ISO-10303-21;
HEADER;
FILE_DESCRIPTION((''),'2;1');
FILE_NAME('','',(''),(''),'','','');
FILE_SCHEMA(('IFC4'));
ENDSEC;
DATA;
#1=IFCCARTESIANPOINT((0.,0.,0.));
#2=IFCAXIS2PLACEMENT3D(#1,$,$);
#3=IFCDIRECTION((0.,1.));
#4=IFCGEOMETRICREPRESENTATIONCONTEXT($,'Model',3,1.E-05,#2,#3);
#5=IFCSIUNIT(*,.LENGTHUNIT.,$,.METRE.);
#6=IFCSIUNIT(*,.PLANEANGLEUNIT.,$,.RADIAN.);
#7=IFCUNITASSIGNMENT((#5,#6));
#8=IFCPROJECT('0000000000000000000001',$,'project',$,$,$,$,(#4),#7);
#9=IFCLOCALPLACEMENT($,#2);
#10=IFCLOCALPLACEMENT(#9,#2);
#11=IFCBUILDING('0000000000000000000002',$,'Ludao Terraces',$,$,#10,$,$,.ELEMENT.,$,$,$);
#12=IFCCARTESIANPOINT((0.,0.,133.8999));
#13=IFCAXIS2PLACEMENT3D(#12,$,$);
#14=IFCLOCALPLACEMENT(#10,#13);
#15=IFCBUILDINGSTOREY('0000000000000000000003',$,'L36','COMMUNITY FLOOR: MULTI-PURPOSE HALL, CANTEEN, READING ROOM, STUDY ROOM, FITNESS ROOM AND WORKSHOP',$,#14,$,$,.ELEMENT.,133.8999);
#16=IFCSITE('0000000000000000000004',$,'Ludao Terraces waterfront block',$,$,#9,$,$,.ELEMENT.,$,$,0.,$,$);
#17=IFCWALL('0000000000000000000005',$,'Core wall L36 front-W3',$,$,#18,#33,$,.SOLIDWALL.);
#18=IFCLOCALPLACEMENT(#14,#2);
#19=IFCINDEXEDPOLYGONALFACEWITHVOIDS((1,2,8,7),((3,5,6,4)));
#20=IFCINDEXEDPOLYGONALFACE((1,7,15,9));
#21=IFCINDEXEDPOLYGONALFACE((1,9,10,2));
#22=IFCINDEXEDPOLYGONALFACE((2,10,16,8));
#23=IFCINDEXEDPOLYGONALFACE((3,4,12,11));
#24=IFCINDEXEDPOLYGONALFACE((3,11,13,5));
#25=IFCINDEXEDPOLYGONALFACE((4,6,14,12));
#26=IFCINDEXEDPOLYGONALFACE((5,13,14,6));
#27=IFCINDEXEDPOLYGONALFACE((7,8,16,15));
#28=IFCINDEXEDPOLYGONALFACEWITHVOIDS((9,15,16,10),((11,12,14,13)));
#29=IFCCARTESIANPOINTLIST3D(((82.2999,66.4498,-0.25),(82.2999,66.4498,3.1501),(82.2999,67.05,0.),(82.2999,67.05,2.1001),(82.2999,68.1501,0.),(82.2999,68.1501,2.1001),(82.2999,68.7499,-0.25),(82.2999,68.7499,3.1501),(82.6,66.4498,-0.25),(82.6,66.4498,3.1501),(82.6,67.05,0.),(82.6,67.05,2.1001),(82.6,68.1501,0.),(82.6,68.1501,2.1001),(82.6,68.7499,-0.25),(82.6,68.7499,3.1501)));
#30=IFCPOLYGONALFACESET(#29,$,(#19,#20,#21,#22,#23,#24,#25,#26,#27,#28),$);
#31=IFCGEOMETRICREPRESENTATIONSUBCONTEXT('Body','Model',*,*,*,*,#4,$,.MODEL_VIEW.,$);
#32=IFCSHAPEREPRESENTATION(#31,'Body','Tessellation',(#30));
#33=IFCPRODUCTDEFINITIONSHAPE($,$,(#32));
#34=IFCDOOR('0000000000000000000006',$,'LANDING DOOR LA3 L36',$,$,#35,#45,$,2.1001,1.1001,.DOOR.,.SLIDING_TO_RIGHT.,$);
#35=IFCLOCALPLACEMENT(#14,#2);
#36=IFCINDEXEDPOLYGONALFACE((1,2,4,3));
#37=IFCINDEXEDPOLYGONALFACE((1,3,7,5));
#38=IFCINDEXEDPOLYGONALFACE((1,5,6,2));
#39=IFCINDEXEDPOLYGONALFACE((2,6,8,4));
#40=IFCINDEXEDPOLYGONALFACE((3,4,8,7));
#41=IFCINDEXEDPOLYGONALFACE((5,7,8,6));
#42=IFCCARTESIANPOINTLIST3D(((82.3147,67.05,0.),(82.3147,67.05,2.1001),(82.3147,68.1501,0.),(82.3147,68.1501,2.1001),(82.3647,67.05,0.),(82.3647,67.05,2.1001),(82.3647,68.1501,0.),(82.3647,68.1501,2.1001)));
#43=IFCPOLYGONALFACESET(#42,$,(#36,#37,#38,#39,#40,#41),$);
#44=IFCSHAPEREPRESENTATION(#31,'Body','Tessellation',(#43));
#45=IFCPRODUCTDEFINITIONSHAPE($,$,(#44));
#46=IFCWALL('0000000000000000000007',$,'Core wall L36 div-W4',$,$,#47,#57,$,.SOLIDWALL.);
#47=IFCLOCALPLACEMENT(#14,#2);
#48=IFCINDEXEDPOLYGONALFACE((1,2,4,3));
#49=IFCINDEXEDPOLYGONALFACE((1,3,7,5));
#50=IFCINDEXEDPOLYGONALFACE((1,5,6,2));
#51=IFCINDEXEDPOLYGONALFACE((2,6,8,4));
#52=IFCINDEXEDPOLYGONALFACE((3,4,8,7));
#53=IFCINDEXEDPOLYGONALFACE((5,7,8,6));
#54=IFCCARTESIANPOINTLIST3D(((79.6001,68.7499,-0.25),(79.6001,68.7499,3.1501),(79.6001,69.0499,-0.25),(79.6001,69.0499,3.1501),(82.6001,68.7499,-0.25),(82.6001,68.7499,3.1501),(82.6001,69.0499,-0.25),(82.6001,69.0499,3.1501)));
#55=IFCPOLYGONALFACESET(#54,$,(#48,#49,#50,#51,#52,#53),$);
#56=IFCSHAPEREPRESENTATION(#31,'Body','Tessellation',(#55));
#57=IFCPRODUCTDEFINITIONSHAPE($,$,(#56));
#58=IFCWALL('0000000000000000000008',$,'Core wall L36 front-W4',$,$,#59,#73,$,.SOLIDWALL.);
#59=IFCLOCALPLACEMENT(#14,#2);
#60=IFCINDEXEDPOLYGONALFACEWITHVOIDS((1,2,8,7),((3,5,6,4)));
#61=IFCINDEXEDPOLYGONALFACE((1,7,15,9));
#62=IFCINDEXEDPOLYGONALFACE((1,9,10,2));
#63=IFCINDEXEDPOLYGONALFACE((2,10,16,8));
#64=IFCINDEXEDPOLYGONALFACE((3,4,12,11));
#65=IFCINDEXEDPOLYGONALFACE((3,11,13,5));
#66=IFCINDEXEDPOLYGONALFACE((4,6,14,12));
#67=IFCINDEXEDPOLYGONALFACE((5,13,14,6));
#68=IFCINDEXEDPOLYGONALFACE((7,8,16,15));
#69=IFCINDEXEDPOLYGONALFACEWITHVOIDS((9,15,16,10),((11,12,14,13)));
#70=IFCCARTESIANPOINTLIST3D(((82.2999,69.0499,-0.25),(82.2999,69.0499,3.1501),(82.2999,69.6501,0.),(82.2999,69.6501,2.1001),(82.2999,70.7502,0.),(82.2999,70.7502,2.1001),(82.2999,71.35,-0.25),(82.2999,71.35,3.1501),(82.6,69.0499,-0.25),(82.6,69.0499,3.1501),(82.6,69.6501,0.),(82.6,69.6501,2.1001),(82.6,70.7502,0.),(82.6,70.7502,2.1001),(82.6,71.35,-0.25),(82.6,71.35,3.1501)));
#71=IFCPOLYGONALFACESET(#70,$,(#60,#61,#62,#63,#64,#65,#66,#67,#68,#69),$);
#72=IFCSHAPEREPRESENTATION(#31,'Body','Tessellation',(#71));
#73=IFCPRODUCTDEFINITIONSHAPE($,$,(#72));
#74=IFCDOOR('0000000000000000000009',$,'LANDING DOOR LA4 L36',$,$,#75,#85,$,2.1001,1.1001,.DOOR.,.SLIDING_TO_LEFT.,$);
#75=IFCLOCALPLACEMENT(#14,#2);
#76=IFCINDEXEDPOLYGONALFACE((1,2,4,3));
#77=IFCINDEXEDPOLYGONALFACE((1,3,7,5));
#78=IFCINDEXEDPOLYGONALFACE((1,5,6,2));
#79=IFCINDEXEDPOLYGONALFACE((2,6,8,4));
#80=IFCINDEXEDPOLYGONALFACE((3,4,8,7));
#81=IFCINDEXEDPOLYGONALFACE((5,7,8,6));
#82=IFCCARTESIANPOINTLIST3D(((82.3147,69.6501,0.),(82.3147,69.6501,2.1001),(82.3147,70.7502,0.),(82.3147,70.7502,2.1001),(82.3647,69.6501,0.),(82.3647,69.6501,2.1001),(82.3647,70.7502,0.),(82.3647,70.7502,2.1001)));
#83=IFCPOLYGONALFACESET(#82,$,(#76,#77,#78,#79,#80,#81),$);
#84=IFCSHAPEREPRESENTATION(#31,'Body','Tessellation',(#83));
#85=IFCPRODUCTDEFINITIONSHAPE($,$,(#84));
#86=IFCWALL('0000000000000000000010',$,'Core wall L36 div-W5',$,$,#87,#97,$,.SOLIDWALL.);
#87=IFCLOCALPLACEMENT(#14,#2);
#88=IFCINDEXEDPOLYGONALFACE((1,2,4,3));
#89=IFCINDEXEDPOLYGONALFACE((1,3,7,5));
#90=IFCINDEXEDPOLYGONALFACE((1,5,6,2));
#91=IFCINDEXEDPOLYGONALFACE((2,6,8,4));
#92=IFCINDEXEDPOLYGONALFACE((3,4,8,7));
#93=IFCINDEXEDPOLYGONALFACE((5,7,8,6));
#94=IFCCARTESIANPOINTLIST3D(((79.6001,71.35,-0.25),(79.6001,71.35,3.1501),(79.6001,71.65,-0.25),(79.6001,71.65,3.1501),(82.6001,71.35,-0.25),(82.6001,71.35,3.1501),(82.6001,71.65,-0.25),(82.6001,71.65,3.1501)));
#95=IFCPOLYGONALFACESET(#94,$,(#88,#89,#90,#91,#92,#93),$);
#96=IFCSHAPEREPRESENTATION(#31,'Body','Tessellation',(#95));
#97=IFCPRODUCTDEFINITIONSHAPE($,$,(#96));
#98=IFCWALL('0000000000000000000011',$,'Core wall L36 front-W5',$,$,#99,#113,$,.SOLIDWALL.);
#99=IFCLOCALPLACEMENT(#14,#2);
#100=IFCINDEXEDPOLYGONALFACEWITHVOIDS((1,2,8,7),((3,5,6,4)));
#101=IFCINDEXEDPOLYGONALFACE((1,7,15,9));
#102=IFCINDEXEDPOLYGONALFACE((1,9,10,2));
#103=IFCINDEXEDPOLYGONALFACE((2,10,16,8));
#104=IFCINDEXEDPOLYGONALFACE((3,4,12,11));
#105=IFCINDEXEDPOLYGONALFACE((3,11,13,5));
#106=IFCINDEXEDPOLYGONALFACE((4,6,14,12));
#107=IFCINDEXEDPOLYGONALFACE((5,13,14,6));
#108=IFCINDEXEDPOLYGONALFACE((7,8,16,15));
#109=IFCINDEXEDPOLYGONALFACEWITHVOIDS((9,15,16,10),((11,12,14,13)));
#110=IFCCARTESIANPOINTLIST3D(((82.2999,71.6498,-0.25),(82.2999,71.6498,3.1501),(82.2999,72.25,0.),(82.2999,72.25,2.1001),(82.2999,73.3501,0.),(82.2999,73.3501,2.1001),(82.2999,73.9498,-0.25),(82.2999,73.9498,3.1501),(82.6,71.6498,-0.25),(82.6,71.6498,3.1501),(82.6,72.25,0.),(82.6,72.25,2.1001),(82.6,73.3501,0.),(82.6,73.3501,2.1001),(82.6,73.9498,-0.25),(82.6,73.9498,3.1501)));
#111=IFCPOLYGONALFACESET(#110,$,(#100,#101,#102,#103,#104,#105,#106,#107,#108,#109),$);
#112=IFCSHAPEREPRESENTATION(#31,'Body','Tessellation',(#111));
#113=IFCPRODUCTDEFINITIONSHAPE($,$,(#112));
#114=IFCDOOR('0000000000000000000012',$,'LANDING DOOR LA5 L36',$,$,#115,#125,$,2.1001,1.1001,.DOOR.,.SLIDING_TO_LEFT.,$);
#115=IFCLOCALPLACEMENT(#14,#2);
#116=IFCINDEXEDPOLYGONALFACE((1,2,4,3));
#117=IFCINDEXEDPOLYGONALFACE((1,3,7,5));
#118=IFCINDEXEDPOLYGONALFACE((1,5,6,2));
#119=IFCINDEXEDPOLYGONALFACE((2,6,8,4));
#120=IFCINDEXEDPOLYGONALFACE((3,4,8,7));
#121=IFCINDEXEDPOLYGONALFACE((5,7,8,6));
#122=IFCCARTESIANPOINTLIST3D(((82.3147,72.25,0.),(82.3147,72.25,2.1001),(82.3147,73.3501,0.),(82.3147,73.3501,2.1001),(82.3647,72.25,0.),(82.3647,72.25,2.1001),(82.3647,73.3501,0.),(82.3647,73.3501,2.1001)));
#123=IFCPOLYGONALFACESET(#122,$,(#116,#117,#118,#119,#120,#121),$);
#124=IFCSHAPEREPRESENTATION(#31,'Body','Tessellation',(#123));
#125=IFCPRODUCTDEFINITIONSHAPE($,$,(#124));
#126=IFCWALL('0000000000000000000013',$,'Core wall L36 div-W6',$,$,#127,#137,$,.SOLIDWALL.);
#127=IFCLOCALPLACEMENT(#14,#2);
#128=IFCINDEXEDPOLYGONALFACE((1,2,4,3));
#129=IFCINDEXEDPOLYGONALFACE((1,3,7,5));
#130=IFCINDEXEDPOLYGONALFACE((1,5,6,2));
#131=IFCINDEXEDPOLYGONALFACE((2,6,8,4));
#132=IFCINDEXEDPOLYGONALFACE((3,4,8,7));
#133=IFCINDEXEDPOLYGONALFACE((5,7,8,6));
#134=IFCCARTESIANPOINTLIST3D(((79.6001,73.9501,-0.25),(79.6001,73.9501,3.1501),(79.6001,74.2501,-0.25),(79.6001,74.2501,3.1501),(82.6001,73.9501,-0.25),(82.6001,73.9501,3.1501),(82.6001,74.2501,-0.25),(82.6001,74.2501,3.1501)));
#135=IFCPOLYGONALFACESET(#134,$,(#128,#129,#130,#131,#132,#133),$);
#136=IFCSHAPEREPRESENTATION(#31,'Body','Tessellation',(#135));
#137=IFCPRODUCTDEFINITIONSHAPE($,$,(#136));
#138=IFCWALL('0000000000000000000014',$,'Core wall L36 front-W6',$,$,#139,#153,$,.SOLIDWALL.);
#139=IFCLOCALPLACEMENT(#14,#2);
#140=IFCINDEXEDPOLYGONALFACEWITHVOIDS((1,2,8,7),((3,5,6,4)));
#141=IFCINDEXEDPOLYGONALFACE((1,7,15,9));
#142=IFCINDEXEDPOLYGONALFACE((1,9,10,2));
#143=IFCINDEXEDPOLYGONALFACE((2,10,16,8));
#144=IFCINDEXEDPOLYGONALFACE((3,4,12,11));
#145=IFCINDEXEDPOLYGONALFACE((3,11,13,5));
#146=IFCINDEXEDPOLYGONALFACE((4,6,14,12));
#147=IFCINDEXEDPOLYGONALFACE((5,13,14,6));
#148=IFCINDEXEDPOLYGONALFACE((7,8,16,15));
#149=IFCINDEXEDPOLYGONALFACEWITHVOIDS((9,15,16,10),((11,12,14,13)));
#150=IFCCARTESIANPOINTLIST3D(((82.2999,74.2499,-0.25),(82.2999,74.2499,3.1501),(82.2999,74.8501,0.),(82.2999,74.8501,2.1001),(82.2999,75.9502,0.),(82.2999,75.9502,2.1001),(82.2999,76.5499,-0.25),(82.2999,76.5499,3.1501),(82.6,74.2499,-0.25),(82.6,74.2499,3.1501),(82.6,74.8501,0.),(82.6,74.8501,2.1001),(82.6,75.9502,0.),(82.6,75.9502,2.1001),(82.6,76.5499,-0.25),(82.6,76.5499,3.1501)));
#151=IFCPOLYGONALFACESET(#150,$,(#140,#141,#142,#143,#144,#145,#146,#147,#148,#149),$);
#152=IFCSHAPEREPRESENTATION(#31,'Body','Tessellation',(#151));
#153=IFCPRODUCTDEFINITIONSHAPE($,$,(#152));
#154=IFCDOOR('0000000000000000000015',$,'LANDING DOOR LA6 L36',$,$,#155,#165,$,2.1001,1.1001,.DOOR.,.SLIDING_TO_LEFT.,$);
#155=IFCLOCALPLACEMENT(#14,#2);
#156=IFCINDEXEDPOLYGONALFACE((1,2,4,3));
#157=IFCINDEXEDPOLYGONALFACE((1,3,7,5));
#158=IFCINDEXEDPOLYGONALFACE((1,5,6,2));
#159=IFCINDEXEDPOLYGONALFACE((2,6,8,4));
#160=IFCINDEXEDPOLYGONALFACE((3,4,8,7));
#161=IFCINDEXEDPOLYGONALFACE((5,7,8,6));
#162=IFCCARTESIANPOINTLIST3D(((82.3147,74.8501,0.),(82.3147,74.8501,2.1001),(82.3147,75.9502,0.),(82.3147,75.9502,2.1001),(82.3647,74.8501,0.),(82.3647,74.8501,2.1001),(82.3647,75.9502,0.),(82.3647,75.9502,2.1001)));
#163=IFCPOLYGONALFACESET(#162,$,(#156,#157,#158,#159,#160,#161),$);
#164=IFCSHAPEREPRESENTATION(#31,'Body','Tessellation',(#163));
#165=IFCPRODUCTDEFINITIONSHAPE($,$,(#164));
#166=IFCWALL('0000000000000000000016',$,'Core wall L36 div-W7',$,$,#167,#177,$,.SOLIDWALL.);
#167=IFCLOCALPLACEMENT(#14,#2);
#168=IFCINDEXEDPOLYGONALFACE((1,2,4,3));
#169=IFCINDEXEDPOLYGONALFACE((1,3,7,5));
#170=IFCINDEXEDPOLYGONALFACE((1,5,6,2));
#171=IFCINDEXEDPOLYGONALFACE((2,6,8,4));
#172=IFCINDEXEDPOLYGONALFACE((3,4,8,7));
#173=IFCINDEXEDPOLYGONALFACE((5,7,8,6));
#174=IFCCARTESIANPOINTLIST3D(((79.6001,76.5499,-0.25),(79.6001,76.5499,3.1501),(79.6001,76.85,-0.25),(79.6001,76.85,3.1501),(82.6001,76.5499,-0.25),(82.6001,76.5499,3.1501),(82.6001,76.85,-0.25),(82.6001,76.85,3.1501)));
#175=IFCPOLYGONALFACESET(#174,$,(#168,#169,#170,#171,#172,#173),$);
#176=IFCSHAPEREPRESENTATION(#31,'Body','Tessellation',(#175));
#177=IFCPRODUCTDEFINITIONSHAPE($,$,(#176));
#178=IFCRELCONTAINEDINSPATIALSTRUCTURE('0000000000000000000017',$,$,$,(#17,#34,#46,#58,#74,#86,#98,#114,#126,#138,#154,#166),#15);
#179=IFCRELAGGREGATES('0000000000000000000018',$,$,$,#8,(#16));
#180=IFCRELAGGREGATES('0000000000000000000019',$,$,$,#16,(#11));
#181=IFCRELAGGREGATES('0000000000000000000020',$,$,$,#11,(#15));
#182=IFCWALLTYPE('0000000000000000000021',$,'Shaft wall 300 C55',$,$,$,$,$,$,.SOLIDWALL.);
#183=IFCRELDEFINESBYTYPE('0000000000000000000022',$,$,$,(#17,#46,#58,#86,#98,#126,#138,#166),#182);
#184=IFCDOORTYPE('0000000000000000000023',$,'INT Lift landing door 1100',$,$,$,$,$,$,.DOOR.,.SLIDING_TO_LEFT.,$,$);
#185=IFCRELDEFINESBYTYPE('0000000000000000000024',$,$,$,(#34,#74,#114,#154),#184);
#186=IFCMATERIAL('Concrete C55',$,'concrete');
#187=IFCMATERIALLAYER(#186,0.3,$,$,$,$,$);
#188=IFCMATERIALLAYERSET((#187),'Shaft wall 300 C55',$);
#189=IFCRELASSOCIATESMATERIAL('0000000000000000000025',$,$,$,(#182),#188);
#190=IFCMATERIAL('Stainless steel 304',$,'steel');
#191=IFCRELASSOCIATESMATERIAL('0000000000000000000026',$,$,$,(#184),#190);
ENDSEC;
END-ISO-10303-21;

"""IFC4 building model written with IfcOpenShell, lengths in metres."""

from ifc_helpers import new_model, si_unit, direction, frame, frame_2d, origin, place, context, subcontext, project, spatial, rectangle, extrude, material, layer, layer_set, type_object, element, fill, save


model = new_model("IFC4")

# Units and contexts
model_context = context("Model", 3, precision=1e-05, world=origin(), true_north=direction((0.0, 1.0)))
body_context = subcontext(model_context, "Body", "Model", "MODEL_VIEW")
ifc_project = project(units=[si_unit("LENGTHUNIT", "METRE"), si_unit("PLANEANGLEUNIT", "RADIAN")], contexts=[model_context])

# Site, building, storey
site_placement = place(None, origin())
site = spatial("IfcSite", under=ifc_project, at=site_placement, Name="Ludao Terraces waterfront block", CompositionType="ELEMENT", RefElevation=0.0)
building_placement = place(site_placement, origin())
building = spatial("IfcBuilding", under=site, at=building_placement, Name="Ludao Terraces", CompositionType="ELEMENT")
storey_placement = place(building_placement, frame((0.0, 0.0, 133.8999)))
storey = spatial("IfcBuildingStorey", under=building, at=storey_placement, Name="L36", Description="COMMUNITY FLOOR: MULTI-PURPOSE HALL, CANTEEN, READING ROOM, STUDY ROOM, FITNESS ROOM AND WORKSHOP", CompositionType="ELEMENT", Elevation=133.8999)

# Shared definitions
ifc_material_1 = material(Name="Concrete C55", Category="concrete")
ifc_layer_1 = layer(ifc_material_1, 0.3)
ifc_layer_set_1 = layer_set([ifc_layer_1], Name="Shaft wall 300 C55")
wall_type_1 = type_object("IfcWallType", Name="Shaft wall 300 C55", PredefinedType="SOLIDWALL", material=ifc_layer_set_1)

# Shared definitions
ifc_material_2 = material(Name="Stainless steel 304", Category="steel")
door_type = type_object("IfcDoorType", Name="INT Lift landing door 1100", OperationType="SLIDING_TO_LEFT", PredefinedType="DOOR", material=ifc_material_2)

# Wall, opening, door
wall_1_placement = place(storey_placement, frame((82.45, 66.45, -0.25), z_axis=(0.0, 0.0, 1.0), x_axis=(0.0, 1.0, 0.0)))
wall_1 = element("IfcWall", 1, at=wall_1_placement, inside=storey, type_object=wall_type_1, Name="Core wall L36 front-W3", PredefinedType="SOLIDWALL", context=body_context, shape_type="SweptSolid", body=[
    extrude(rectangle(XDim=2.3, YDim=0.3, at=frame_2d((1.1499, 0.0))), origin(), (0.0, 0.0, 1.0), 3.4001),
])
opening_1_placement = place(wall_1_placement, frame((0.6001, 0.0, 0.25)))
opening_1 = element("IfcOpeningElement", 2, at=opening_1_placement, cuts=wall_1, PredefinedType="OPENING", context=body_context, shape_type="SweptSolid", body=[
    extrude(rectangle(XDim=1.1001, YDim=2.1001, at=frame_2d((0.55, 1.05))), frame((0.0, 0.1602, 0.0), z_axis=(0.0, -1.0, 0.0), x_axis=(1.0, 0.0, 0.0)), (0.0, 0.0, 1.0), 0.3201),
])
door_1_placement = place(opening_1_placement, origin())
door_1 = element("IfcDoor", 3, at=door_1_placement, inside=storey, type_object=door_type, Name="LANDING DOOR LA3 L36", OperationType="SLIDING_TO_RIGHT", OverallHeight=2.1001, OverallWidth=1.1001, PredefinedType="DOOR", context=body_context, shape_type="SweptSolid", body=[
    extrude(rectangle(XDim=1.1001, YDim=2.1001, at=frame_2d((0.55, 1.05))), frame((0.0, 0.1353, 0.0), z_axis=(0.0, -1.0, 0.0), x_axis=(1.0, 0.0, 0.0)), (0.0, 0.0, 1.0), 0.05),
])
fill(opening_1, door_1)

# Wall
wall_2_placement = place(storey_placement, frame((79.6001, 68.8999, -0.25), z_axis=(0.0, 0.0, 1.0), x_axis=(1.0, 0.0, 0.0)))
element("IfcWall", 4, at=wall_2_placement, inside=storey, type_object=wall_type_1, Name="Core wall L36 div-W4", PredefinedType="SOLIDWALL", context=body_context, shape_type="SweptSolid", body=[
    extrude(rectangle(XDim=3.0, YDim=0.3, at=frame_2d((1.5, 0.0))), origin(), (0.0, 0.0, 1.0), 3.4001),
])

# Wall, opening, door
wall_3_placement = place(storey_placement, frame((82.45, 69.05, -0.25), z_axis=(0.0, 0.0, 1.0), x_axis=(0.0, 1.0, 0.0)))
wall_3 = element("IfcWall", 5, at=wall_3_placement, inside=storey, type_object=wall_type_1, Name="Core wall L36 front-W4", PredefinedType="SOLIDWALL", context=body_context, shape_type="SweptSolid", body=[
    extrude(rectangle(XDim=2.3, YDim=0.3, at=frame_2d((1.1499, 0.0))), origin(), (0.0, 0.0, 1.0), 3.4001),
])
opening_2_placement = place(wall_3_placement, frame((0.6001, 0.0, 0.25)))
opening_2 = element("IfcOpeningElement", 6, at=opening_2_placement, cuts=wall_3, PredefinedType="OPENING", context=body_context, shape_type="SweptSolid", body=[
    extrude(rectangle(XDim=1.1001, YDim=2.1001, at=frame_2d((0.55, 1.05))), frame((0.0, 0.1602, 0.0), z_axis=(0.0, -1.0, 0.0), x_axis=(1.0, 0.0, 0.0)), (0.0, 0.0, 1.0), 0.3201),
])
door_2_placement = place(opening_2_placement, origin())
door_2 = element("IfcDoor", 7, at=door_2_placement, inside=storey, type_object=door_type, Name="LANDING DOOR LA4 L36", OperationType="SLIDING_TO_LEFT", OverallHeight=2.1001, OverallWidth=1.1001, PredefinedType="DOOR", context=body_context, shape_type="SweptSolid", body=[
    extrude(rectangle(XDim=1.1001, YDim=2.1001, at=frame_2d((0.55, 1.05))), frame((0.0, 0.1353, 0.0), z_axis=(0.0, -1.0, 0.0), x_axis=(1.0, 0.0, 0.0)), (0.0, 0.0, 1.0), 0.05),
])
fill(opening_2, door_2)

# Wall
wall_4_placement = place(storey_placement, frame((79.6001, 71.5, -0.25), z_axis=(0.0, 0.0, 1.0), x_axis=(1.0, 0.0, 0.0)))
element("IfcWall", 8, at=wall_4_placement, inside=storey, type_object=wall_type_1, Name="Core wall L36 div-W5", PredefinedType="SOLIDWALL", context=body_context, shape_type="SweptSolid", body=[
    extrude(rectangle(XDim=3.0, YDim=0.3, at=frame_2d((1.5, 0.0))), origin(), (0.0, 0.0, 1.0), 3.4001),
])

# Wall, opening, door
wall_5_placement = place(storey_placement, frame((82.45, 71.6499, -0.25), z_axis=(0.0, 0.0, 1.0), x_axis=(0.0, 1.0, 0.0)))
wall_5 = element("IfcWall", 9, at=wall_5_placement, inside=storey, type_object=wall_type_1, Name="Core wall L36 front-W5", PredefinedType="SOLIDWALL", context=body_context, shape_type="SweptSolid", body=[
    extrude(rectangle(XDim=2.3, YDim=0.3, at=frame_2d((1.1499, 0.0))), origin(), (0.0, 0.0, 1.0), 3.4001),
])
opening_3_placement = place(wall_5_placement, frame((0.6001, 0.0, 0.25)))
opening_3 = element("IfcOpeningElement", 10, at=opening_3_placement, cuts=wall_5, PredefinedType="OPENING", context=body_context, shape_type="SweptSolid", body=[
    extrude(rectangle(XDim=1.1001, YDim=2.1001, at=frame_2d((0.55, 1.05))), frame((0.0, 0.1602, 0.0), z_axis=(0.0, -1.0, 0.0), x_axis=(1.0, 0.0, 0.0)), (0.0, 0.0, 1.0), 0.3201),
])
door_3_placement = place(opening_3_placement, origin())
door_3 = element("IfcDoor", 11, at=door_3_placement, inside=storey, type_object=door_type, Name="LANDING DOOR LA5 L36", OperationType="SLIDING_TO_LEFT", OverallHeight=2.1001, OverallWidth=1.1001, PredefinedType="DOOR", context=body_context, shape_type="SweptSolid", body=[
    extrude(rectangle(XDim=1.1001, YDim=2.1001, at=frame_2d((0.55, 1.05))), frame((0.0, 0.1353, 0.0), z_axis=(0.0, -1.0, 0.0), x_axis=(1.0, 0.0, 0.0)), (0.0, 0.0, 1.0), 0.05),
])
fill(opening_3, door_3)

# Wall
wall_6_placement = place(storey_placement, frame((79.6001, 74.1001, -0.25), z_axis=(0.0, 0.0, 1.0), x_axis=(1.0, 0.0, 0.0)))
element("IfcWall", 12, at=wall_6_placement, inside=storey, type_object=wall_type_1, Name="Core wall L36 div-W6", PredefinedType="SOLIDWALL", context=body_context, shape_type="SweptSolid", body=[
    extrude(rectangle(XDim=3.0, YDim=0.3, at=frame_2d((1.5, 0.0))), origin(), (0.0, 0.0, 1.0), 3.4001),
])

# Wall, opening, door
wall_7_placement = place(storey_placement, frame((82.45, 74.25, -0.25), z_axis=(0.0, 0.0, 1.0), x_axis=(0.0, 1.0, 0.0)))
wall_7 = element("IfcWall", 13, at=wall_7_placement, inside=storey, type_object=wall_type_1, Name="Core wall L36 front-W6", PredefinedType="SOLIDWALL", context=body_context, shape_type="SweptSolid", body=[
    extrude(rectangle(XDim=2.3, YDim=0.3, at=frame_2d((1.1499, 0.0))), origin(), (0.0, 0.0, 1.0), 3.4001),
])
opening_4_placement = place(wall_7_placement, frame((0.6001, 0.0, 0.25)))
opening_4 = element("IfcOpeningElement", 14, at=opening_4_placement, cuts=wall_7, PredefinedType="OPENING", context=body_context, shape_type="SweptSolid", body=[
    extrude(rectangle(XDim=1.1001, YDim=2.1001, at=frame_2d((0.55, 1.05))), frame((0.0, 0.1602, 0.0), z_axis=(0.0, -1.0, 0.0), x_axis=(1.0, 0.0, 0.0)), (0.0, 0.0, 1.0), 0.3201),
])
door_4_placement = place(opening_4_placement, origin())
door_4 = element("IfcDoor", 15, at=door_4_placement, inside=storey, type_object=door_type, Name="LANDING DOOR LA6 L36", OperationType="SLIDING_TO_LEFT", OverallHeight=2.1001, OverallWidth=1.1001, PredefinedType="DOOR", context=body_context, shape_type="SweptSolid", body=[
    extrude(rectangle(XDim=1.1001, YDim=2.1001, at=frame_2d((0.55, 1.05))), frame((0.0, 0.1353, 0.0), z_axis=(0.0, -1.0, 0.0), x_axis=(1.0, 0.0, 0.0)), (0.0, 0.0, 1.0), 0.05),
])
fill(opening_4, door_4)

# Wall
wall_8_placement = place(storey_placement, frame((79.6001, 76.7, -0.25), z_axis=(0.0, 0.0, 1.0), x_axis=(1.0, 0.0, 0.0)))
element("IfcWall", 16, at=wall_8_placement, inside=storey, type_object=wall_type_1, Name="Core wall L36 div-W7", PredefinedType="SOLIDWALL", context=body_context, shape_type="SweptSolid", body=[
    extrude(rectangle(XDim=3.0, YDim=0.3, at=frame_2d((1.5, 0.0))), origin(), (0.0, 0.0, 1.0), 3.4001),
])

save(model, "model.ifc")
